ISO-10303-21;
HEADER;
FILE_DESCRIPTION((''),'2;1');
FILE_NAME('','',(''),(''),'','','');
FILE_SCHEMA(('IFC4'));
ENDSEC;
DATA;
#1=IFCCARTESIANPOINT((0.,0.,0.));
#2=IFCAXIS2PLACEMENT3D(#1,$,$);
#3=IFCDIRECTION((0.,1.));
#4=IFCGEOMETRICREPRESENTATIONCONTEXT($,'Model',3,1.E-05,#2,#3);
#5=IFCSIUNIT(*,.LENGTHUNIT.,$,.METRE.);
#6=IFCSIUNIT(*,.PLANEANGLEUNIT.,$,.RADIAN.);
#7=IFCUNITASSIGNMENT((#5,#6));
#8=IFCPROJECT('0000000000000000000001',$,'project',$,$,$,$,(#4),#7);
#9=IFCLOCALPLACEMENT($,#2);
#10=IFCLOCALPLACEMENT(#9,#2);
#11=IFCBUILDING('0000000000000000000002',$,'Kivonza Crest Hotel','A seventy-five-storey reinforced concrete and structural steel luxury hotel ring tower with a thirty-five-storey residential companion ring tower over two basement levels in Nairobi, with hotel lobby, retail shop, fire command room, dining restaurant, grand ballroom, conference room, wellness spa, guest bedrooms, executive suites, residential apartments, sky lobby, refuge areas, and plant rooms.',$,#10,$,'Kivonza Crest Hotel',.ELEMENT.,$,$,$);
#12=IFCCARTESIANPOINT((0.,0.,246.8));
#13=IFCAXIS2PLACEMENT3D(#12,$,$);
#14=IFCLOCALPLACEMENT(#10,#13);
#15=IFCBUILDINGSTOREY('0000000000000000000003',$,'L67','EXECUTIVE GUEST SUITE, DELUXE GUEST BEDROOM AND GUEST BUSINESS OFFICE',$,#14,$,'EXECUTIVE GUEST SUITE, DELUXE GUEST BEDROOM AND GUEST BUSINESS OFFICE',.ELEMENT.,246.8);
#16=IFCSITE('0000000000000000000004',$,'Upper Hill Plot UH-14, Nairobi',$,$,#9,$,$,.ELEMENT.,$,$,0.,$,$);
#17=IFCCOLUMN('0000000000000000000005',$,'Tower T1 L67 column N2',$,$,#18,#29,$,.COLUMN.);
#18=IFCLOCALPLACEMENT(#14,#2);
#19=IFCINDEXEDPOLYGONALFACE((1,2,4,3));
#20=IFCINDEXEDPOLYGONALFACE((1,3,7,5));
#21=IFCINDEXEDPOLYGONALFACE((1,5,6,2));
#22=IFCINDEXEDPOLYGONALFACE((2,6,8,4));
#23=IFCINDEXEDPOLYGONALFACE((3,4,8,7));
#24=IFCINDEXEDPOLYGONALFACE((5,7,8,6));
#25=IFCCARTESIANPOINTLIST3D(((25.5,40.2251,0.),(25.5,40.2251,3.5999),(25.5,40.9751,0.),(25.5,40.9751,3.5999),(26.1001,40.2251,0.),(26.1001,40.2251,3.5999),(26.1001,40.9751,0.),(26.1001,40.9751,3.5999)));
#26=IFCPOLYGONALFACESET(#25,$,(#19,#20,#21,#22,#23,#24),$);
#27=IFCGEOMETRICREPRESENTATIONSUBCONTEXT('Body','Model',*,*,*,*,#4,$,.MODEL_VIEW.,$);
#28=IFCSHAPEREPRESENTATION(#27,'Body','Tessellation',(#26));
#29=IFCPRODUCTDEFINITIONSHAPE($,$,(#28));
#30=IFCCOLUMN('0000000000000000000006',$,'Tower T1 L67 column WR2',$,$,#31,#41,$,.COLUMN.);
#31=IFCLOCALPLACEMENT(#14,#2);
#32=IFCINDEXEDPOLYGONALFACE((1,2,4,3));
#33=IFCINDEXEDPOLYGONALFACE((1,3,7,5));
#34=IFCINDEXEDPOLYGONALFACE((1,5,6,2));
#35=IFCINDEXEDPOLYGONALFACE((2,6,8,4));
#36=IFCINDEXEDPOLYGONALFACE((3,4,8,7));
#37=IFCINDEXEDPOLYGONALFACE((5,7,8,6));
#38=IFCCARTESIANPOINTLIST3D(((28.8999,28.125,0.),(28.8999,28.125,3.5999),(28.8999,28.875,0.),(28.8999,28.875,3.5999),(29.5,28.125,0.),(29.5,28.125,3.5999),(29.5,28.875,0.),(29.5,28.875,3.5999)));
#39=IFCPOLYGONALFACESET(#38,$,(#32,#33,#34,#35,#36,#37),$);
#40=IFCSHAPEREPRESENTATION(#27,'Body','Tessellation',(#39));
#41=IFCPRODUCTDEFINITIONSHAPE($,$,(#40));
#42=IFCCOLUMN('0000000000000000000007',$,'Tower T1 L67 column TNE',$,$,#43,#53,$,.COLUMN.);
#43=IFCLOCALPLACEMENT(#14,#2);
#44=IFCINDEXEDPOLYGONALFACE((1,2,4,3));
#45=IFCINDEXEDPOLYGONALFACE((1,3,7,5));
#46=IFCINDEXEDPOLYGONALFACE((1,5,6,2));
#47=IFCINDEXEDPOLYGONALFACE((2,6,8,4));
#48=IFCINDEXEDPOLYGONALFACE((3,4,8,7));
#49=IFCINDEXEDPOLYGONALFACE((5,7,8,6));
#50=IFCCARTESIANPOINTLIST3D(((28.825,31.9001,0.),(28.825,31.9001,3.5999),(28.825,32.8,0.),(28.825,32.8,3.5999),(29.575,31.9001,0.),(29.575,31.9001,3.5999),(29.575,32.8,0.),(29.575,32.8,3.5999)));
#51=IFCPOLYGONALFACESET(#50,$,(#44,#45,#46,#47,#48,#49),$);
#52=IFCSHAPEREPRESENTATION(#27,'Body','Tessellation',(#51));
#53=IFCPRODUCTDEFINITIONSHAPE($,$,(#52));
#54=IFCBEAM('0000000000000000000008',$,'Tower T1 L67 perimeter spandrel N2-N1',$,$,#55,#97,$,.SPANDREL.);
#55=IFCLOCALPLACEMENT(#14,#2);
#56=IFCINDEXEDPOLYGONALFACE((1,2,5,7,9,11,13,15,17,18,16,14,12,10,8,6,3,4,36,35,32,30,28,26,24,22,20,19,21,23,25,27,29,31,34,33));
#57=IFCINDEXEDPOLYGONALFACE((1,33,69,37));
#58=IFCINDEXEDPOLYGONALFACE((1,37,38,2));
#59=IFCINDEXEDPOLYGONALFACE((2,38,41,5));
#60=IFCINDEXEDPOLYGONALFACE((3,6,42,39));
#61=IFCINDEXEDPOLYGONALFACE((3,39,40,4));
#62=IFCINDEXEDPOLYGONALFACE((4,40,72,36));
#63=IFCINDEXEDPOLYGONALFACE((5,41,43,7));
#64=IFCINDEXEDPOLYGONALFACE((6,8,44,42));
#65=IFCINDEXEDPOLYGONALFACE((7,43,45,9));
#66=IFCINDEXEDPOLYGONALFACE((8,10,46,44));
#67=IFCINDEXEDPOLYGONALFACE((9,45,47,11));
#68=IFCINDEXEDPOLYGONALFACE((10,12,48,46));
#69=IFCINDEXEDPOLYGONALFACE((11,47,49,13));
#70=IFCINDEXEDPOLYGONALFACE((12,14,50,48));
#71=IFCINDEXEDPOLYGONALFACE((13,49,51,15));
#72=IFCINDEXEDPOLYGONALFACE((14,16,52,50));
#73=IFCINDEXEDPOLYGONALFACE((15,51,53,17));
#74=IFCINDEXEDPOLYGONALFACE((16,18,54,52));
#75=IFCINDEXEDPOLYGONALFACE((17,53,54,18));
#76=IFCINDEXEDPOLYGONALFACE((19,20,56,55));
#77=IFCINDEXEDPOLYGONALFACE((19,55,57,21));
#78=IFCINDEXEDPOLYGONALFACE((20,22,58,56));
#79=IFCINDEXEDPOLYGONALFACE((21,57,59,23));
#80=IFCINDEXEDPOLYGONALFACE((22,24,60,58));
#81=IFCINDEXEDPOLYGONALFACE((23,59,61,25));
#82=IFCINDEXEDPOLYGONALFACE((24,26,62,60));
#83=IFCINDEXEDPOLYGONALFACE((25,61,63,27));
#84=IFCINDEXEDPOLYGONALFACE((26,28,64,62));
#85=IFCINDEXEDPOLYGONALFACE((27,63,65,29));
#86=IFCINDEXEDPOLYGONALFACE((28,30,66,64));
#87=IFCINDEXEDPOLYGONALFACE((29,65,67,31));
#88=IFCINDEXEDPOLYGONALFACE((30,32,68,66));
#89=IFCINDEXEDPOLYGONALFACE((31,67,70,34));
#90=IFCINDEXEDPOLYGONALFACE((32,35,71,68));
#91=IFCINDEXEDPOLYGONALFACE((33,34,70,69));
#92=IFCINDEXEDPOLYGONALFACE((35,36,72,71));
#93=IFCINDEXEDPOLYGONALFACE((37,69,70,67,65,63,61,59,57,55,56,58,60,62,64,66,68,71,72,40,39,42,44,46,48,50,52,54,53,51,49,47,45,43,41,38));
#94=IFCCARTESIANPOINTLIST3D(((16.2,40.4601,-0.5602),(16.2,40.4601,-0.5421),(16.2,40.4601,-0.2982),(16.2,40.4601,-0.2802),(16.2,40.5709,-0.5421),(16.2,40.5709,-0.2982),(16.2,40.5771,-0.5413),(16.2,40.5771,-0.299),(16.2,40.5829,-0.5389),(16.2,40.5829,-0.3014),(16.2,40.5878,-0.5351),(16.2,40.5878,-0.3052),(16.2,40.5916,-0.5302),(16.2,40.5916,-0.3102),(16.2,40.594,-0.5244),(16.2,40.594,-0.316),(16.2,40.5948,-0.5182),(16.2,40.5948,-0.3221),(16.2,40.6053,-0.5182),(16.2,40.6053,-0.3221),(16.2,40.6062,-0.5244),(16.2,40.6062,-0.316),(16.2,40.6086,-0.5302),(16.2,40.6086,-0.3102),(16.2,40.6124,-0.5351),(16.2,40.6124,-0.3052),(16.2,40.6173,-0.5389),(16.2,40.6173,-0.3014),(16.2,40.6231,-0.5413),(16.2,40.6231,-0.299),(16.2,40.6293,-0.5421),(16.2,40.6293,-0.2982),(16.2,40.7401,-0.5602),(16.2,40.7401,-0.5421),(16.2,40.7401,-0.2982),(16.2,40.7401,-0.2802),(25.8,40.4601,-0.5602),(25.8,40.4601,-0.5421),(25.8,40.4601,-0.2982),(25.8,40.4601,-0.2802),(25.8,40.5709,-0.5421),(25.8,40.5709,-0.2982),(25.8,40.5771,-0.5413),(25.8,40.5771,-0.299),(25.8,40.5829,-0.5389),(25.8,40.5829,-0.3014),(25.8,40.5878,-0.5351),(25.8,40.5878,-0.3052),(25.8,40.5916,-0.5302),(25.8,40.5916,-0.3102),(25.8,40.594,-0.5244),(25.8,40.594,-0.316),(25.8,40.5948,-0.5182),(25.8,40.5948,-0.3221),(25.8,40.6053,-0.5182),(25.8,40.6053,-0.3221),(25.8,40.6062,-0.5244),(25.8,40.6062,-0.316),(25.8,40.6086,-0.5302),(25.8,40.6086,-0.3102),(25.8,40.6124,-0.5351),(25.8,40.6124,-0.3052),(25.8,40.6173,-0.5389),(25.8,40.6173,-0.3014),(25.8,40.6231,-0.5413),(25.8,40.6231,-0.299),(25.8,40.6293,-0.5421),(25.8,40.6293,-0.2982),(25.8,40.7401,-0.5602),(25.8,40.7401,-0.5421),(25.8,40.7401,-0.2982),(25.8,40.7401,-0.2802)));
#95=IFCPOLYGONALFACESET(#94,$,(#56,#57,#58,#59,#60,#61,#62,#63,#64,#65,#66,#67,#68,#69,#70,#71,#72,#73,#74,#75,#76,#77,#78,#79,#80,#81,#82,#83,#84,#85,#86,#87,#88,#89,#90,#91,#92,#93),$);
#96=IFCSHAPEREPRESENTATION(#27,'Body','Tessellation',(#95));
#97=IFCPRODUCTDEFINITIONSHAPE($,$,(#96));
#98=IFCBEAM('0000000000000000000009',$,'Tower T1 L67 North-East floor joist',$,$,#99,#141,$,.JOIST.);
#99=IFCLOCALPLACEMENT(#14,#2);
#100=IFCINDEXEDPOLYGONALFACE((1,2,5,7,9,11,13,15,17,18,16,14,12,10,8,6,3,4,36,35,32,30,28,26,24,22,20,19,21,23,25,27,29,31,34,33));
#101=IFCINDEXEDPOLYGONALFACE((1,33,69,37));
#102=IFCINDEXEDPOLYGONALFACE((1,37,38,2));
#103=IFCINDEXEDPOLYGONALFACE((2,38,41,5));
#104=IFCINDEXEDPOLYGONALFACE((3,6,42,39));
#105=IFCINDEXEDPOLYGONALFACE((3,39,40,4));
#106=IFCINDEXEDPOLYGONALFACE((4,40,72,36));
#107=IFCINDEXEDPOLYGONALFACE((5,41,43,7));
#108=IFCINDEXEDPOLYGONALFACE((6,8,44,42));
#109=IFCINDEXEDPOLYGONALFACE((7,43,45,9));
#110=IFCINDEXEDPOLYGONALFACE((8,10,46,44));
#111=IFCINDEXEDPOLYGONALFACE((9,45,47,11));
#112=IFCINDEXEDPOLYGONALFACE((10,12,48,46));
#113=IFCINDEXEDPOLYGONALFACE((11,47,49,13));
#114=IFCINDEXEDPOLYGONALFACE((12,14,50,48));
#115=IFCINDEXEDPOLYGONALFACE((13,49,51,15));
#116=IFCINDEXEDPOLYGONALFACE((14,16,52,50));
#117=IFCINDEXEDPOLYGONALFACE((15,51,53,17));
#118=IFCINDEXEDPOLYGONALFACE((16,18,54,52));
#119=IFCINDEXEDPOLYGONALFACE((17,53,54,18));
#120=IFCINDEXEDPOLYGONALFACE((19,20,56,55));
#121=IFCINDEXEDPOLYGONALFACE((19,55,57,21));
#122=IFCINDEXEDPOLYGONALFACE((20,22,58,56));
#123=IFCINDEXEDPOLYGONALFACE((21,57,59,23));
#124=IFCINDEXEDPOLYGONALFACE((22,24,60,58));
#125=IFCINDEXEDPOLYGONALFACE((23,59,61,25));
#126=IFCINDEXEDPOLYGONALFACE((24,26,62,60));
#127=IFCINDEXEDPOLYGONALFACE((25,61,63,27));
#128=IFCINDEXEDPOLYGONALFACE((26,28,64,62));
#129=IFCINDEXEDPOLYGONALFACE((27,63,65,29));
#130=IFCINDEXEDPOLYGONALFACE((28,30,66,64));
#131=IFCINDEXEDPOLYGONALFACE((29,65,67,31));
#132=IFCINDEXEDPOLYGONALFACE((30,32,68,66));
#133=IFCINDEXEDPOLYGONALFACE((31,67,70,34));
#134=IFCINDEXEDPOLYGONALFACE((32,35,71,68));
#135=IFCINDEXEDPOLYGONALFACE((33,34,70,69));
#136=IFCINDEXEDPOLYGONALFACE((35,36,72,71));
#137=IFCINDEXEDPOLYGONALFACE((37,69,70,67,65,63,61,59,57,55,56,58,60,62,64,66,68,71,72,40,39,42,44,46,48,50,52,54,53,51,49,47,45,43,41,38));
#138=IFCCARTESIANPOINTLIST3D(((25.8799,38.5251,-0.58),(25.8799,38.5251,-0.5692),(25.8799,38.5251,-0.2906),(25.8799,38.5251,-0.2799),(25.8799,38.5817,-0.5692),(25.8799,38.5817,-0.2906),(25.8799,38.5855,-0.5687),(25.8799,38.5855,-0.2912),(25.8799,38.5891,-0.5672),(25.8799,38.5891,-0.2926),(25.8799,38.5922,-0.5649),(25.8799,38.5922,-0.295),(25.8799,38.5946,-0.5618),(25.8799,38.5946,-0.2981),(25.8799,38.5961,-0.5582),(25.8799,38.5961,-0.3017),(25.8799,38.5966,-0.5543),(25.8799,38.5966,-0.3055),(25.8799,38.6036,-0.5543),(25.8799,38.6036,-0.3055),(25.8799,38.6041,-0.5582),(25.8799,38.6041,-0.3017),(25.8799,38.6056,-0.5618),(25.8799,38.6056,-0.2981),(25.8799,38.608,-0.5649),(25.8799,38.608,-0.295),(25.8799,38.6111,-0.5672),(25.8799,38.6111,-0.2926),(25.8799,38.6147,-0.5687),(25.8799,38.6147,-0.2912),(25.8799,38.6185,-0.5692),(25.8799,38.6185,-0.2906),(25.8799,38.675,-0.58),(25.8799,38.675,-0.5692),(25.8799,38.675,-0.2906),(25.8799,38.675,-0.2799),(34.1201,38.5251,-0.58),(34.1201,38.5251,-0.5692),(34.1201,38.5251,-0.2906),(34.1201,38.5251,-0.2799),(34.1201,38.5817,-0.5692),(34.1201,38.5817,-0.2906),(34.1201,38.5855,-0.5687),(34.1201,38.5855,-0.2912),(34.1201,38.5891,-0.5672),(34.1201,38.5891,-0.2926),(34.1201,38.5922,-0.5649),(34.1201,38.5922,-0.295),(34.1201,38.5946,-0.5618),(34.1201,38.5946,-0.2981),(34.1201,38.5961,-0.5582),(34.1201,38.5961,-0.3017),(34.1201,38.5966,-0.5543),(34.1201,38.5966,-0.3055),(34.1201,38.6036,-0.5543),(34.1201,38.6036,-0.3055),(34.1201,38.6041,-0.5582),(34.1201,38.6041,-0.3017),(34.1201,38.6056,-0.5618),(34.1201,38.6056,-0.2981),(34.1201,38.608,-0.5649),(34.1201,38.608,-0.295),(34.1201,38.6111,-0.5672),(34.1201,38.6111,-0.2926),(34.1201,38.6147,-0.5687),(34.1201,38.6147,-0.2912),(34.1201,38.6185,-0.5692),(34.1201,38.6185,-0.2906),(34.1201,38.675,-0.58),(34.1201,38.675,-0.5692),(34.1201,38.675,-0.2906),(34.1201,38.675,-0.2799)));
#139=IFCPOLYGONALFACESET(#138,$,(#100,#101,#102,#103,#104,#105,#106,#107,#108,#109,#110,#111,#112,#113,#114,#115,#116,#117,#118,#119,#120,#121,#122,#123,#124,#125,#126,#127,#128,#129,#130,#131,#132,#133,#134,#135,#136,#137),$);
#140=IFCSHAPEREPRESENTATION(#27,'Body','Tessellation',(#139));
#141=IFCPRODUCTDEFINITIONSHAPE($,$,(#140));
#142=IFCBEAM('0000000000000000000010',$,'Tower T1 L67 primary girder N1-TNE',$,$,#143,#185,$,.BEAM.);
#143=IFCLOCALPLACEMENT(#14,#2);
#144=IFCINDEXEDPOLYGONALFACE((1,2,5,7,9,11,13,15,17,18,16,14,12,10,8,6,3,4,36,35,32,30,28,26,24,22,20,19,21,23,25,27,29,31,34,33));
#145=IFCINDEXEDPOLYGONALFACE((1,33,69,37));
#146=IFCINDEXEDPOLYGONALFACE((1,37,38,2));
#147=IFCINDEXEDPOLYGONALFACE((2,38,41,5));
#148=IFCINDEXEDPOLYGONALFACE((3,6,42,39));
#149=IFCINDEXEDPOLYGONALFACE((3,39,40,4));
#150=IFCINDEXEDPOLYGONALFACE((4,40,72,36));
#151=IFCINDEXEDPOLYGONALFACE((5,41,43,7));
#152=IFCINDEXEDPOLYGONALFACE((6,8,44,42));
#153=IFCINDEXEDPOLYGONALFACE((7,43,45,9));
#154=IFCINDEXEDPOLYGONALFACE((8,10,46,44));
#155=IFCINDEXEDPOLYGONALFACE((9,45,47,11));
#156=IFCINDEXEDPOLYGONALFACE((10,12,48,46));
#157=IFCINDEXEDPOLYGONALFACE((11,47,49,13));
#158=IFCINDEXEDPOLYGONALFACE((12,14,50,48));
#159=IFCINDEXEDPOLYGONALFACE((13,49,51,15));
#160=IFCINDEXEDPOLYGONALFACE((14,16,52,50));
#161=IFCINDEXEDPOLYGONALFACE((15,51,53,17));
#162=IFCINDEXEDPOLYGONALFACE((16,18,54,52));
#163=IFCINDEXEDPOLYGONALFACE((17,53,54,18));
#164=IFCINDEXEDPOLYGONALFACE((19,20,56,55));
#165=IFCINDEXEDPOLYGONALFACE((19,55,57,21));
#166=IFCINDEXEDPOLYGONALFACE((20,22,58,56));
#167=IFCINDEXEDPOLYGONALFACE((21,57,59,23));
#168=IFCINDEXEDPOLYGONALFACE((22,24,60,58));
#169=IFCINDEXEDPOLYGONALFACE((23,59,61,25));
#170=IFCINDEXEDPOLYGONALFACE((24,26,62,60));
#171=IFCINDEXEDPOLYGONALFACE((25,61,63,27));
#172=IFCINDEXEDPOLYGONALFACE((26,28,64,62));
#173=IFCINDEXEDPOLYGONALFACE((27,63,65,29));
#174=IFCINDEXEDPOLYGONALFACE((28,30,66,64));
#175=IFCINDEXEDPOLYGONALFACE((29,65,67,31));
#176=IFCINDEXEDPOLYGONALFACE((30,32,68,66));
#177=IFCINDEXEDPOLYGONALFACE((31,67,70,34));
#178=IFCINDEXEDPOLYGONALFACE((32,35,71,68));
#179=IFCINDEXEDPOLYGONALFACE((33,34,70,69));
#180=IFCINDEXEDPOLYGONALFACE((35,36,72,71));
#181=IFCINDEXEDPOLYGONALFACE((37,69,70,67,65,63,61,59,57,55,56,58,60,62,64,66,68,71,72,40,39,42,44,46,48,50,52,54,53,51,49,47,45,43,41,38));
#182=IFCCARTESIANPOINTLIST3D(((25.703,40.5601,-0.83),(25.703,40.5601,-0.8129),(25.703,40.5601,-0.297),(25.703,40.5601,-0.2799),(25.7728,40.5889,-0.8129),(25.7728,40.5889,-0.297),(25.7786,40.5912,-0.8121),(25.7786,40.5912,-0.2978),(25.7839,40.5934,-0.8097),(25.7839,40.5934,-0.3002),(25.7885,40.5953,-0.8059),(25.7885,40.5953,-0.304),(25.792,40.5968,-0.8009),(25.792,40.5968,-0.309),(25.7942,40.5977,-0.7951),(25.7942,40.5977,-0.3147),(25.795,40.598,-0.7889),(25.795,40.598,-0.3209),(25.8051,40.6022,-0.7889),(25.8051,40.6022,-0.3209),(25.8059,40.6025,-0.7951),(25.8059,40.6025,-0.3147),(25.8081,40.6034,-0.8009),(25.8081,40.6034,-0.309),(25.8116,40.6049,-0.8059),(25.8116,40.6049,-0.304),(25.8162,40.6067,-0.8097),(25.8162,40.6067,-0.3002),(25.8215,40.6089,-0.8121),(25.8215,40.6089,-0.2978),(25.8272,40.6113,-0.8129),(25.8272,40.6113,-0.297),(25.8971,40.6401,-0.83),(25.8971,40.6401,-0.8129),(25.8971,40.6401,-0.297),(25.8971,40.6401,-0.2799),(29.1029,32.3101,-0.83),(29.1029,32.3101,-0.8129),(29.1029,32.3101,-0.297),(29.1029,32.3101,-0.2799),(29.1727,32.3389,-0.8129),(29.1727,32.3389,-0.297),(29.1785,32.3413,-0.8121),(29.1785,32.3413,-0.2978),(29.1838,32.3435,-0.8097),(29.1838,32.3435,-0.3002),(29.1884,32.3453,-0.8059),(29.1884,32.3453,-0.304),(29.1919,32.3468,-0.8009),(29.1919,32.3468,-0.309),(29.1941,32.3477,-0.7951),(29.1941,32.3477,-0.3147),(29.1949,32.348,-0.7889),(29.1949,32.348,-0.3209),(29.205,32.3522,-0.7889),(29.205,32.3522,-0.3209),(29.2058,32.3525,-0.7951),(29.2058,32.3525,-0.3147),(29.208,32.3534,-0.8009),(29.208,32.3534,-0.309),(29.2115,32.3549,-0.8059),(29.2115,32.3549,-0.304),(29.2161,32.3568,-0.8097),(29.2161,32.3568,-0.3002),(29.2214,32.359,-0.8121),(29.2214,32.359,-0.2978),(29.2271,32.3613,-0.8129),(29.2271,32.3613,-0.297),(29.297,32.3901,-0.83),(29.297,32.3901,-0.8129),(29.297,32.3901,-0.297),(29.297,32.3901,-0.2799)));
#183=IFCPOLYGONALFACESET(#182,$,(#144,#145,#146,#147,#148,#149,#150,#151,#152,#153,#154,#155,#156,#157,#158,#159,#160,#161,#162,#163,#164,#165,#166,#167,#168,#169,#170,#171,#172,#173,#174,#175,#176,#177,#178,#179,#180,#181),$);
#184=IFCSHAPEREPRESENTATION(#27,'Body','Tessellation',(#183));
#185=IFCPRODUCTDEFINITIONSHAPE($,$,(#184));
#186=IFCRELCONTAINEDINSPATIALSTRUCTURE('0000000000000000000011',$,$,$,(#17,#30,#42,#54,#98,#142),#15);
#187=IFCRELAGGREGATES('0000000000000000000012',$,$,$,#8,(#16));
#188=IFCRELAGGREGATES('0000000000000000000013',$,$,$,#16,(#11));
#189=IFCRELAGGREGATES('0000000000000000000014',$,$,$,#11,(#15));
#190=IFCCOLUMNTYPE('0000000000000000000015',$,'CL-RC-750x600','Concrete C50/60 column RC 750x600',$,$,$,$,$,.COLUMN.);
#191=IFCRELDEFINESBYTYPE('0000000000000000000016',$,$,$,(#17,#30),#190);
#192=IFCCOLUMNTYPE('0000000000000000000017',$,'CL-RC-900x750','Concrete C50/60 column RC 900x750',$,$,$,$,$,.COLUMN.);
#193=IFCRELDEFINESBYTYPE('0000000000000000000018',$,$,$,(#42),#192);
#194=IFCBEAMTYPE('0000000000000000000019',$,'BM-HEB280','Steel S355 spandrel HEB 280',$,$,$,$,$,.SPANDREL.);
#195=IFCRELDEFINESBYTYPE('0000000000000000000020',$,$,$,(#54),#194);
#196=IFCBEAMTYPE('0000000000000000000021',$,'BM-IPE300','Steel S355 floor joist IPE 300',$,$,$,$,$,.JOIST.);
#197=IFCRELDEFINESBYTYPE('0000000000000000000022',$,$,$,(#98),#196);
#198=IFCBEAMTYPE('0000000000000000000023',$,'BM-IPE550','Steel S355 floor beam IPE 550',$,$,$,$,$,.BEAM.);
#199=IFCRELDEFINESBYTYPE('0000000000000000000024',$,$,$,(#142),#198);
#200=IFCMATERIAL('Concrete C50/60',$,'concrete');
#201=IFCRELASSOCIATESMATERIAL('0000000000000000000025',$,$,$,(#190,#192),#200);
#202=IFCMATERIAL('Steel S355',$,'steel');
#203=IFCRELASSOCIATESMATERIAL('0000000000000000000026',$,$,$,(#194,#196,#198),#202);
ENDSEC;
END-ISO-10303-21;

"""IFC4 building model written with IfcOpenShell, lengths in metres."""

from ifc_helpers import new_model, si_unit, direction, frame, origin, origin_2d, place, context, subcontext, project, spatial, rectangle, i_section, extrude, material, material_profile, profile_set, type_object, element, save


model = new_model("IFC4")

# Units and contexts
model_context = context("Model", 3, precision=1e-05, world=origin(), true_north=direction((0.0, 1.0)))
body_context = subcontext(model_context, "Body", "Model", "MODEL_VIEW")
ifc_project = project(units=[si_unit("LENGTHUNIT", "METRE"), si_unit("PLANEANGLEUNIT", "RADIAN")], contexts=[model_context])

# Site, building, storey
site_placement = place(None, origin())
site = spatial("IfcSite", under=ifc_project, at=site_placement, Name="Upper Hill Plot UH-14, Nairobi", CompositionType="ELEMENT", RefElevation=0.0)
building_placement = place(site_placement, origin())
building = spatial("IfcBuilding", under=site, at=building_placement, Name="Kivonza Crest Hotel", Description="A seventy-five-storey reinforced concrete and structural steel luxury hotel ring tower with a thirty-five-storey residential companion ring tower over two basement levels in Nairobi, with hotel lobby, retail shop, fire command room, dining restaurant, grand ballroom, conference room, wellness spa, guest bedrooms, executive suites, residential apartments, sky lobby, refuge areas, and plant rooms.", LongName="Kivonza Crest Hotel", CompositionType="ELEMENT")
storey_placement = place(building_placement, frame((0.0, 0.0, 246.8)))
storey = spatial("IfcBuildingStorey", under=building, at=storey_placement, Name="L67", Description="EXECUTIVE GUEST SUITE, DELUXE GUEST BEDROOM AND GUEST BUSINESS OFFICE", LongName="EXECUTIVE GUEST SUITE, DELUXE GUEST BEDROOM AND GUEST BUSINESS OFFICE", CompositionType="ELEMENT", Elevation=246.8)

# Columns
ifc_material_1 = material(Name="Concrete C50/60", Category="concrete")
ifc_material_profile_1 = material_profile(ifc_material_1, rectangle(XDim=0.6001, YDim=0.75, at=origin_2d()), Name="RC 750x600")
ifc_profile_set_1 = profile_set([ifc_material_profile_1], Name="Concrete C50/60")
column_type_1 = type_object("IfcColumnType", Name="CL-RC-750x600", Description="Concrete C50/60 column RC 750x600", PredefinedType="COLUMN", material=ifc_profile_set_1)
for number, where, z_axis, x_axis, name in (
    (1, (25.8, 40.6001, 0.0), (0.0, 0.0, 1.0), (1.0, 0.0, 0.0), "Tower T1 L67 column N2"),
    (2, (29.2, 28.5, 0.0), (0.0, 0.0, 1.0), (1.0, 0.0, 0.0), "Tower T1 L67 column WR2"),
):
    element("IfcColumn", number, at=place(storey_placement, frame(where, z_axis=z_axis, x_axis=x_axis)), inside=storey, type_object=column_type_1, Name=name, PredefinedType="COLUMN", context=body_context, shape_type="SweptSolid", body=[
        extrude(rectangle(XDim=0.6001, YDim=0.75, at=origin_2d()), origin(), (0.0, 0.0, 1.0), 3.5999),
    ])
ifc_material_profile_2 = material_profile(ifc_material_1, rectangle(XDim=0.75, YDim=0.8999, at=origin_2d()), Name="RC 900x750")
ifc_profile_set_2 = profile_set([ifc_material_profile_2], Name="Concrete C50/60")
column_type_2 = type_object("IfcColumnType", Name="CL-RC-900x750", Description="Concrete C50/60 column RC 900x750", PredefinedType="COLUMN", material=ifc_profile_set_2)
column_placement = place(storey_placement, frame((29.2, 32.3501, 0.0), z_axis=(0.0, 0.0, 1.0), x_axis=(1.0, 0.0, 0.0)))
element("IfcColumn", 3, at=column_placement, inside=storey, type_object=column_type_2, Name="Tower T1 L67 column TNE", PredefinedType="COLUMN", context=body_context, shape_type="SweptSolid", body=[
    extrude(rectangle(XDim=0.75, YDim=0.8999, at=origin_2d()), origin(), (0.0, 0.0, 1.0), 3.5999),
])

# Beams
ifc_material_2 = material(Name="Steel S355", Category="steel")
ifc_material_profile_3 = material_profile(ifc_material_2, i_section(OverallWidth=0.28, OverallDepth=0.28, WebThickness=0.0105, FlangeThickness=0.0181, FilletRadius=0.0239, at=origin_2d()), Name="HEB 280")
ifc_profile_set_3 = profile_set([ifc_material_profile_3], Name="Steel S355")
beam_type_1 = type_object("IfcBeamType", Name="BM-HEB280", Description="Steel S355 spandrel HEB 280", PredefinedType="SPANDREL", material=ifc_profile_set_3)
beam_1_placement = place(storey_placement, frame((25.8, 40.6001, -0.4202), z_axis=(-1.0, 0.0, 0.0), x_axis=(0.0, -1.0, 0.0)))
element("IfcBeam", 4, at=beam_1_placement, inside=storey, type_object=beam_type_1, Name="Tower T1 L67 perimeter spandrel N2-N1", PredefinedType="SPANDREL", context=body_context, shape_type="SweptSolid", body=[
    extrude(i_section(OverallWidth=0.28, OverallDepth=0.28, WebThickness=0.0105, FlangeThickness=0.0181, FilletRadius=0.0239, at=origin_2d()), origin(), (0.0, 0.0, 1.0), 9.6001),
])
ifc_material_profile_4 = material_profile(ifc_material_2, i_section(OverallWidth=0.1499, OverallDepth=0.3, WebThickness=0.0071, FlangeThickness=0.0107, FilletRadius=0.0149, at=origin_2d()), Name="IPE 300")
ifc_profile_set_4 = profile_set([ifc_material_profile_4], Name="Steel S355")
beam_type_2 = type_object("IfcBeamType", Name="BM-IPE300", Description="Steel S355 floor joist IPE 300", PredefinedType="JOIST", material=ifc_profile_set_4)
beam_2_placement = place(storey_placement, frame((25.8799, 38.6001, -0.4299), z_axis=(1.0, 0.0, 0.0), x_axis=(0.0, 1.0, 0.0)))
element("IfcBeam", 5, at=beam_2_placement, inside=storey, type_object=beam_type_2, Name="Tower T1 L67 North-East floor joist", PredefinedType="JOIST", context=body_context, shape_type="SweptSolid", body=[
    extrude(i_section(OverallWidth=0.1499, OverallDepth=0.3, WebThickness=0.0071, FlangeThickness=0.0107, FilletRadius=0.0149, at=origin_2d()), origin(), (0.0, 0.0, 1.0), 8.2402),
])
ifc_material_profile_5 = material_profile(ifc_material_2, i_section(OverallWidth=0.21, OverallDepth=0.55, WebThickness=0.011, FlangeThickness=0.0171, FilletRadius=0.0239, at=origin_2d()), Name="IPE 550")
ifc_profile_set_5 = profile_set([ifc_material_profile_5], Name="Steel S355")
beam_type_3 = type_object("IfcBeamType", Name="BM-IPE550", Description="Steel S355 floor beam IPE 550", PredefinedType="BEAM", material=ifc_profile_set_5)
beam_3_placement = place(storey_placement, frame((25.8, 40.6001, -0.5549), z_axis=(0.381022, -0.924566, 0.0), x_axis=(0.924566, 0.381022, 0.0)))
element("IfcBeam", 6, at=beam_3_placement, inside=storey, type_object=beam_type_3, Name="Tower T1 L67 primary girder N1-TNE", PredefinedType="BEAM", context=body_context, shape_type="SweptSolid", body=[
    extrude(i_section(OverallWidth=0.21, OverallDepth=0.55, WebThickness=0.011, FlangeThickness=0.0171, FilletRadius=0.0239, at=origin_2d()), origin(), (0.0, 0.0, 1.0), 8.9231),
])

save(model, "model.ifc")
